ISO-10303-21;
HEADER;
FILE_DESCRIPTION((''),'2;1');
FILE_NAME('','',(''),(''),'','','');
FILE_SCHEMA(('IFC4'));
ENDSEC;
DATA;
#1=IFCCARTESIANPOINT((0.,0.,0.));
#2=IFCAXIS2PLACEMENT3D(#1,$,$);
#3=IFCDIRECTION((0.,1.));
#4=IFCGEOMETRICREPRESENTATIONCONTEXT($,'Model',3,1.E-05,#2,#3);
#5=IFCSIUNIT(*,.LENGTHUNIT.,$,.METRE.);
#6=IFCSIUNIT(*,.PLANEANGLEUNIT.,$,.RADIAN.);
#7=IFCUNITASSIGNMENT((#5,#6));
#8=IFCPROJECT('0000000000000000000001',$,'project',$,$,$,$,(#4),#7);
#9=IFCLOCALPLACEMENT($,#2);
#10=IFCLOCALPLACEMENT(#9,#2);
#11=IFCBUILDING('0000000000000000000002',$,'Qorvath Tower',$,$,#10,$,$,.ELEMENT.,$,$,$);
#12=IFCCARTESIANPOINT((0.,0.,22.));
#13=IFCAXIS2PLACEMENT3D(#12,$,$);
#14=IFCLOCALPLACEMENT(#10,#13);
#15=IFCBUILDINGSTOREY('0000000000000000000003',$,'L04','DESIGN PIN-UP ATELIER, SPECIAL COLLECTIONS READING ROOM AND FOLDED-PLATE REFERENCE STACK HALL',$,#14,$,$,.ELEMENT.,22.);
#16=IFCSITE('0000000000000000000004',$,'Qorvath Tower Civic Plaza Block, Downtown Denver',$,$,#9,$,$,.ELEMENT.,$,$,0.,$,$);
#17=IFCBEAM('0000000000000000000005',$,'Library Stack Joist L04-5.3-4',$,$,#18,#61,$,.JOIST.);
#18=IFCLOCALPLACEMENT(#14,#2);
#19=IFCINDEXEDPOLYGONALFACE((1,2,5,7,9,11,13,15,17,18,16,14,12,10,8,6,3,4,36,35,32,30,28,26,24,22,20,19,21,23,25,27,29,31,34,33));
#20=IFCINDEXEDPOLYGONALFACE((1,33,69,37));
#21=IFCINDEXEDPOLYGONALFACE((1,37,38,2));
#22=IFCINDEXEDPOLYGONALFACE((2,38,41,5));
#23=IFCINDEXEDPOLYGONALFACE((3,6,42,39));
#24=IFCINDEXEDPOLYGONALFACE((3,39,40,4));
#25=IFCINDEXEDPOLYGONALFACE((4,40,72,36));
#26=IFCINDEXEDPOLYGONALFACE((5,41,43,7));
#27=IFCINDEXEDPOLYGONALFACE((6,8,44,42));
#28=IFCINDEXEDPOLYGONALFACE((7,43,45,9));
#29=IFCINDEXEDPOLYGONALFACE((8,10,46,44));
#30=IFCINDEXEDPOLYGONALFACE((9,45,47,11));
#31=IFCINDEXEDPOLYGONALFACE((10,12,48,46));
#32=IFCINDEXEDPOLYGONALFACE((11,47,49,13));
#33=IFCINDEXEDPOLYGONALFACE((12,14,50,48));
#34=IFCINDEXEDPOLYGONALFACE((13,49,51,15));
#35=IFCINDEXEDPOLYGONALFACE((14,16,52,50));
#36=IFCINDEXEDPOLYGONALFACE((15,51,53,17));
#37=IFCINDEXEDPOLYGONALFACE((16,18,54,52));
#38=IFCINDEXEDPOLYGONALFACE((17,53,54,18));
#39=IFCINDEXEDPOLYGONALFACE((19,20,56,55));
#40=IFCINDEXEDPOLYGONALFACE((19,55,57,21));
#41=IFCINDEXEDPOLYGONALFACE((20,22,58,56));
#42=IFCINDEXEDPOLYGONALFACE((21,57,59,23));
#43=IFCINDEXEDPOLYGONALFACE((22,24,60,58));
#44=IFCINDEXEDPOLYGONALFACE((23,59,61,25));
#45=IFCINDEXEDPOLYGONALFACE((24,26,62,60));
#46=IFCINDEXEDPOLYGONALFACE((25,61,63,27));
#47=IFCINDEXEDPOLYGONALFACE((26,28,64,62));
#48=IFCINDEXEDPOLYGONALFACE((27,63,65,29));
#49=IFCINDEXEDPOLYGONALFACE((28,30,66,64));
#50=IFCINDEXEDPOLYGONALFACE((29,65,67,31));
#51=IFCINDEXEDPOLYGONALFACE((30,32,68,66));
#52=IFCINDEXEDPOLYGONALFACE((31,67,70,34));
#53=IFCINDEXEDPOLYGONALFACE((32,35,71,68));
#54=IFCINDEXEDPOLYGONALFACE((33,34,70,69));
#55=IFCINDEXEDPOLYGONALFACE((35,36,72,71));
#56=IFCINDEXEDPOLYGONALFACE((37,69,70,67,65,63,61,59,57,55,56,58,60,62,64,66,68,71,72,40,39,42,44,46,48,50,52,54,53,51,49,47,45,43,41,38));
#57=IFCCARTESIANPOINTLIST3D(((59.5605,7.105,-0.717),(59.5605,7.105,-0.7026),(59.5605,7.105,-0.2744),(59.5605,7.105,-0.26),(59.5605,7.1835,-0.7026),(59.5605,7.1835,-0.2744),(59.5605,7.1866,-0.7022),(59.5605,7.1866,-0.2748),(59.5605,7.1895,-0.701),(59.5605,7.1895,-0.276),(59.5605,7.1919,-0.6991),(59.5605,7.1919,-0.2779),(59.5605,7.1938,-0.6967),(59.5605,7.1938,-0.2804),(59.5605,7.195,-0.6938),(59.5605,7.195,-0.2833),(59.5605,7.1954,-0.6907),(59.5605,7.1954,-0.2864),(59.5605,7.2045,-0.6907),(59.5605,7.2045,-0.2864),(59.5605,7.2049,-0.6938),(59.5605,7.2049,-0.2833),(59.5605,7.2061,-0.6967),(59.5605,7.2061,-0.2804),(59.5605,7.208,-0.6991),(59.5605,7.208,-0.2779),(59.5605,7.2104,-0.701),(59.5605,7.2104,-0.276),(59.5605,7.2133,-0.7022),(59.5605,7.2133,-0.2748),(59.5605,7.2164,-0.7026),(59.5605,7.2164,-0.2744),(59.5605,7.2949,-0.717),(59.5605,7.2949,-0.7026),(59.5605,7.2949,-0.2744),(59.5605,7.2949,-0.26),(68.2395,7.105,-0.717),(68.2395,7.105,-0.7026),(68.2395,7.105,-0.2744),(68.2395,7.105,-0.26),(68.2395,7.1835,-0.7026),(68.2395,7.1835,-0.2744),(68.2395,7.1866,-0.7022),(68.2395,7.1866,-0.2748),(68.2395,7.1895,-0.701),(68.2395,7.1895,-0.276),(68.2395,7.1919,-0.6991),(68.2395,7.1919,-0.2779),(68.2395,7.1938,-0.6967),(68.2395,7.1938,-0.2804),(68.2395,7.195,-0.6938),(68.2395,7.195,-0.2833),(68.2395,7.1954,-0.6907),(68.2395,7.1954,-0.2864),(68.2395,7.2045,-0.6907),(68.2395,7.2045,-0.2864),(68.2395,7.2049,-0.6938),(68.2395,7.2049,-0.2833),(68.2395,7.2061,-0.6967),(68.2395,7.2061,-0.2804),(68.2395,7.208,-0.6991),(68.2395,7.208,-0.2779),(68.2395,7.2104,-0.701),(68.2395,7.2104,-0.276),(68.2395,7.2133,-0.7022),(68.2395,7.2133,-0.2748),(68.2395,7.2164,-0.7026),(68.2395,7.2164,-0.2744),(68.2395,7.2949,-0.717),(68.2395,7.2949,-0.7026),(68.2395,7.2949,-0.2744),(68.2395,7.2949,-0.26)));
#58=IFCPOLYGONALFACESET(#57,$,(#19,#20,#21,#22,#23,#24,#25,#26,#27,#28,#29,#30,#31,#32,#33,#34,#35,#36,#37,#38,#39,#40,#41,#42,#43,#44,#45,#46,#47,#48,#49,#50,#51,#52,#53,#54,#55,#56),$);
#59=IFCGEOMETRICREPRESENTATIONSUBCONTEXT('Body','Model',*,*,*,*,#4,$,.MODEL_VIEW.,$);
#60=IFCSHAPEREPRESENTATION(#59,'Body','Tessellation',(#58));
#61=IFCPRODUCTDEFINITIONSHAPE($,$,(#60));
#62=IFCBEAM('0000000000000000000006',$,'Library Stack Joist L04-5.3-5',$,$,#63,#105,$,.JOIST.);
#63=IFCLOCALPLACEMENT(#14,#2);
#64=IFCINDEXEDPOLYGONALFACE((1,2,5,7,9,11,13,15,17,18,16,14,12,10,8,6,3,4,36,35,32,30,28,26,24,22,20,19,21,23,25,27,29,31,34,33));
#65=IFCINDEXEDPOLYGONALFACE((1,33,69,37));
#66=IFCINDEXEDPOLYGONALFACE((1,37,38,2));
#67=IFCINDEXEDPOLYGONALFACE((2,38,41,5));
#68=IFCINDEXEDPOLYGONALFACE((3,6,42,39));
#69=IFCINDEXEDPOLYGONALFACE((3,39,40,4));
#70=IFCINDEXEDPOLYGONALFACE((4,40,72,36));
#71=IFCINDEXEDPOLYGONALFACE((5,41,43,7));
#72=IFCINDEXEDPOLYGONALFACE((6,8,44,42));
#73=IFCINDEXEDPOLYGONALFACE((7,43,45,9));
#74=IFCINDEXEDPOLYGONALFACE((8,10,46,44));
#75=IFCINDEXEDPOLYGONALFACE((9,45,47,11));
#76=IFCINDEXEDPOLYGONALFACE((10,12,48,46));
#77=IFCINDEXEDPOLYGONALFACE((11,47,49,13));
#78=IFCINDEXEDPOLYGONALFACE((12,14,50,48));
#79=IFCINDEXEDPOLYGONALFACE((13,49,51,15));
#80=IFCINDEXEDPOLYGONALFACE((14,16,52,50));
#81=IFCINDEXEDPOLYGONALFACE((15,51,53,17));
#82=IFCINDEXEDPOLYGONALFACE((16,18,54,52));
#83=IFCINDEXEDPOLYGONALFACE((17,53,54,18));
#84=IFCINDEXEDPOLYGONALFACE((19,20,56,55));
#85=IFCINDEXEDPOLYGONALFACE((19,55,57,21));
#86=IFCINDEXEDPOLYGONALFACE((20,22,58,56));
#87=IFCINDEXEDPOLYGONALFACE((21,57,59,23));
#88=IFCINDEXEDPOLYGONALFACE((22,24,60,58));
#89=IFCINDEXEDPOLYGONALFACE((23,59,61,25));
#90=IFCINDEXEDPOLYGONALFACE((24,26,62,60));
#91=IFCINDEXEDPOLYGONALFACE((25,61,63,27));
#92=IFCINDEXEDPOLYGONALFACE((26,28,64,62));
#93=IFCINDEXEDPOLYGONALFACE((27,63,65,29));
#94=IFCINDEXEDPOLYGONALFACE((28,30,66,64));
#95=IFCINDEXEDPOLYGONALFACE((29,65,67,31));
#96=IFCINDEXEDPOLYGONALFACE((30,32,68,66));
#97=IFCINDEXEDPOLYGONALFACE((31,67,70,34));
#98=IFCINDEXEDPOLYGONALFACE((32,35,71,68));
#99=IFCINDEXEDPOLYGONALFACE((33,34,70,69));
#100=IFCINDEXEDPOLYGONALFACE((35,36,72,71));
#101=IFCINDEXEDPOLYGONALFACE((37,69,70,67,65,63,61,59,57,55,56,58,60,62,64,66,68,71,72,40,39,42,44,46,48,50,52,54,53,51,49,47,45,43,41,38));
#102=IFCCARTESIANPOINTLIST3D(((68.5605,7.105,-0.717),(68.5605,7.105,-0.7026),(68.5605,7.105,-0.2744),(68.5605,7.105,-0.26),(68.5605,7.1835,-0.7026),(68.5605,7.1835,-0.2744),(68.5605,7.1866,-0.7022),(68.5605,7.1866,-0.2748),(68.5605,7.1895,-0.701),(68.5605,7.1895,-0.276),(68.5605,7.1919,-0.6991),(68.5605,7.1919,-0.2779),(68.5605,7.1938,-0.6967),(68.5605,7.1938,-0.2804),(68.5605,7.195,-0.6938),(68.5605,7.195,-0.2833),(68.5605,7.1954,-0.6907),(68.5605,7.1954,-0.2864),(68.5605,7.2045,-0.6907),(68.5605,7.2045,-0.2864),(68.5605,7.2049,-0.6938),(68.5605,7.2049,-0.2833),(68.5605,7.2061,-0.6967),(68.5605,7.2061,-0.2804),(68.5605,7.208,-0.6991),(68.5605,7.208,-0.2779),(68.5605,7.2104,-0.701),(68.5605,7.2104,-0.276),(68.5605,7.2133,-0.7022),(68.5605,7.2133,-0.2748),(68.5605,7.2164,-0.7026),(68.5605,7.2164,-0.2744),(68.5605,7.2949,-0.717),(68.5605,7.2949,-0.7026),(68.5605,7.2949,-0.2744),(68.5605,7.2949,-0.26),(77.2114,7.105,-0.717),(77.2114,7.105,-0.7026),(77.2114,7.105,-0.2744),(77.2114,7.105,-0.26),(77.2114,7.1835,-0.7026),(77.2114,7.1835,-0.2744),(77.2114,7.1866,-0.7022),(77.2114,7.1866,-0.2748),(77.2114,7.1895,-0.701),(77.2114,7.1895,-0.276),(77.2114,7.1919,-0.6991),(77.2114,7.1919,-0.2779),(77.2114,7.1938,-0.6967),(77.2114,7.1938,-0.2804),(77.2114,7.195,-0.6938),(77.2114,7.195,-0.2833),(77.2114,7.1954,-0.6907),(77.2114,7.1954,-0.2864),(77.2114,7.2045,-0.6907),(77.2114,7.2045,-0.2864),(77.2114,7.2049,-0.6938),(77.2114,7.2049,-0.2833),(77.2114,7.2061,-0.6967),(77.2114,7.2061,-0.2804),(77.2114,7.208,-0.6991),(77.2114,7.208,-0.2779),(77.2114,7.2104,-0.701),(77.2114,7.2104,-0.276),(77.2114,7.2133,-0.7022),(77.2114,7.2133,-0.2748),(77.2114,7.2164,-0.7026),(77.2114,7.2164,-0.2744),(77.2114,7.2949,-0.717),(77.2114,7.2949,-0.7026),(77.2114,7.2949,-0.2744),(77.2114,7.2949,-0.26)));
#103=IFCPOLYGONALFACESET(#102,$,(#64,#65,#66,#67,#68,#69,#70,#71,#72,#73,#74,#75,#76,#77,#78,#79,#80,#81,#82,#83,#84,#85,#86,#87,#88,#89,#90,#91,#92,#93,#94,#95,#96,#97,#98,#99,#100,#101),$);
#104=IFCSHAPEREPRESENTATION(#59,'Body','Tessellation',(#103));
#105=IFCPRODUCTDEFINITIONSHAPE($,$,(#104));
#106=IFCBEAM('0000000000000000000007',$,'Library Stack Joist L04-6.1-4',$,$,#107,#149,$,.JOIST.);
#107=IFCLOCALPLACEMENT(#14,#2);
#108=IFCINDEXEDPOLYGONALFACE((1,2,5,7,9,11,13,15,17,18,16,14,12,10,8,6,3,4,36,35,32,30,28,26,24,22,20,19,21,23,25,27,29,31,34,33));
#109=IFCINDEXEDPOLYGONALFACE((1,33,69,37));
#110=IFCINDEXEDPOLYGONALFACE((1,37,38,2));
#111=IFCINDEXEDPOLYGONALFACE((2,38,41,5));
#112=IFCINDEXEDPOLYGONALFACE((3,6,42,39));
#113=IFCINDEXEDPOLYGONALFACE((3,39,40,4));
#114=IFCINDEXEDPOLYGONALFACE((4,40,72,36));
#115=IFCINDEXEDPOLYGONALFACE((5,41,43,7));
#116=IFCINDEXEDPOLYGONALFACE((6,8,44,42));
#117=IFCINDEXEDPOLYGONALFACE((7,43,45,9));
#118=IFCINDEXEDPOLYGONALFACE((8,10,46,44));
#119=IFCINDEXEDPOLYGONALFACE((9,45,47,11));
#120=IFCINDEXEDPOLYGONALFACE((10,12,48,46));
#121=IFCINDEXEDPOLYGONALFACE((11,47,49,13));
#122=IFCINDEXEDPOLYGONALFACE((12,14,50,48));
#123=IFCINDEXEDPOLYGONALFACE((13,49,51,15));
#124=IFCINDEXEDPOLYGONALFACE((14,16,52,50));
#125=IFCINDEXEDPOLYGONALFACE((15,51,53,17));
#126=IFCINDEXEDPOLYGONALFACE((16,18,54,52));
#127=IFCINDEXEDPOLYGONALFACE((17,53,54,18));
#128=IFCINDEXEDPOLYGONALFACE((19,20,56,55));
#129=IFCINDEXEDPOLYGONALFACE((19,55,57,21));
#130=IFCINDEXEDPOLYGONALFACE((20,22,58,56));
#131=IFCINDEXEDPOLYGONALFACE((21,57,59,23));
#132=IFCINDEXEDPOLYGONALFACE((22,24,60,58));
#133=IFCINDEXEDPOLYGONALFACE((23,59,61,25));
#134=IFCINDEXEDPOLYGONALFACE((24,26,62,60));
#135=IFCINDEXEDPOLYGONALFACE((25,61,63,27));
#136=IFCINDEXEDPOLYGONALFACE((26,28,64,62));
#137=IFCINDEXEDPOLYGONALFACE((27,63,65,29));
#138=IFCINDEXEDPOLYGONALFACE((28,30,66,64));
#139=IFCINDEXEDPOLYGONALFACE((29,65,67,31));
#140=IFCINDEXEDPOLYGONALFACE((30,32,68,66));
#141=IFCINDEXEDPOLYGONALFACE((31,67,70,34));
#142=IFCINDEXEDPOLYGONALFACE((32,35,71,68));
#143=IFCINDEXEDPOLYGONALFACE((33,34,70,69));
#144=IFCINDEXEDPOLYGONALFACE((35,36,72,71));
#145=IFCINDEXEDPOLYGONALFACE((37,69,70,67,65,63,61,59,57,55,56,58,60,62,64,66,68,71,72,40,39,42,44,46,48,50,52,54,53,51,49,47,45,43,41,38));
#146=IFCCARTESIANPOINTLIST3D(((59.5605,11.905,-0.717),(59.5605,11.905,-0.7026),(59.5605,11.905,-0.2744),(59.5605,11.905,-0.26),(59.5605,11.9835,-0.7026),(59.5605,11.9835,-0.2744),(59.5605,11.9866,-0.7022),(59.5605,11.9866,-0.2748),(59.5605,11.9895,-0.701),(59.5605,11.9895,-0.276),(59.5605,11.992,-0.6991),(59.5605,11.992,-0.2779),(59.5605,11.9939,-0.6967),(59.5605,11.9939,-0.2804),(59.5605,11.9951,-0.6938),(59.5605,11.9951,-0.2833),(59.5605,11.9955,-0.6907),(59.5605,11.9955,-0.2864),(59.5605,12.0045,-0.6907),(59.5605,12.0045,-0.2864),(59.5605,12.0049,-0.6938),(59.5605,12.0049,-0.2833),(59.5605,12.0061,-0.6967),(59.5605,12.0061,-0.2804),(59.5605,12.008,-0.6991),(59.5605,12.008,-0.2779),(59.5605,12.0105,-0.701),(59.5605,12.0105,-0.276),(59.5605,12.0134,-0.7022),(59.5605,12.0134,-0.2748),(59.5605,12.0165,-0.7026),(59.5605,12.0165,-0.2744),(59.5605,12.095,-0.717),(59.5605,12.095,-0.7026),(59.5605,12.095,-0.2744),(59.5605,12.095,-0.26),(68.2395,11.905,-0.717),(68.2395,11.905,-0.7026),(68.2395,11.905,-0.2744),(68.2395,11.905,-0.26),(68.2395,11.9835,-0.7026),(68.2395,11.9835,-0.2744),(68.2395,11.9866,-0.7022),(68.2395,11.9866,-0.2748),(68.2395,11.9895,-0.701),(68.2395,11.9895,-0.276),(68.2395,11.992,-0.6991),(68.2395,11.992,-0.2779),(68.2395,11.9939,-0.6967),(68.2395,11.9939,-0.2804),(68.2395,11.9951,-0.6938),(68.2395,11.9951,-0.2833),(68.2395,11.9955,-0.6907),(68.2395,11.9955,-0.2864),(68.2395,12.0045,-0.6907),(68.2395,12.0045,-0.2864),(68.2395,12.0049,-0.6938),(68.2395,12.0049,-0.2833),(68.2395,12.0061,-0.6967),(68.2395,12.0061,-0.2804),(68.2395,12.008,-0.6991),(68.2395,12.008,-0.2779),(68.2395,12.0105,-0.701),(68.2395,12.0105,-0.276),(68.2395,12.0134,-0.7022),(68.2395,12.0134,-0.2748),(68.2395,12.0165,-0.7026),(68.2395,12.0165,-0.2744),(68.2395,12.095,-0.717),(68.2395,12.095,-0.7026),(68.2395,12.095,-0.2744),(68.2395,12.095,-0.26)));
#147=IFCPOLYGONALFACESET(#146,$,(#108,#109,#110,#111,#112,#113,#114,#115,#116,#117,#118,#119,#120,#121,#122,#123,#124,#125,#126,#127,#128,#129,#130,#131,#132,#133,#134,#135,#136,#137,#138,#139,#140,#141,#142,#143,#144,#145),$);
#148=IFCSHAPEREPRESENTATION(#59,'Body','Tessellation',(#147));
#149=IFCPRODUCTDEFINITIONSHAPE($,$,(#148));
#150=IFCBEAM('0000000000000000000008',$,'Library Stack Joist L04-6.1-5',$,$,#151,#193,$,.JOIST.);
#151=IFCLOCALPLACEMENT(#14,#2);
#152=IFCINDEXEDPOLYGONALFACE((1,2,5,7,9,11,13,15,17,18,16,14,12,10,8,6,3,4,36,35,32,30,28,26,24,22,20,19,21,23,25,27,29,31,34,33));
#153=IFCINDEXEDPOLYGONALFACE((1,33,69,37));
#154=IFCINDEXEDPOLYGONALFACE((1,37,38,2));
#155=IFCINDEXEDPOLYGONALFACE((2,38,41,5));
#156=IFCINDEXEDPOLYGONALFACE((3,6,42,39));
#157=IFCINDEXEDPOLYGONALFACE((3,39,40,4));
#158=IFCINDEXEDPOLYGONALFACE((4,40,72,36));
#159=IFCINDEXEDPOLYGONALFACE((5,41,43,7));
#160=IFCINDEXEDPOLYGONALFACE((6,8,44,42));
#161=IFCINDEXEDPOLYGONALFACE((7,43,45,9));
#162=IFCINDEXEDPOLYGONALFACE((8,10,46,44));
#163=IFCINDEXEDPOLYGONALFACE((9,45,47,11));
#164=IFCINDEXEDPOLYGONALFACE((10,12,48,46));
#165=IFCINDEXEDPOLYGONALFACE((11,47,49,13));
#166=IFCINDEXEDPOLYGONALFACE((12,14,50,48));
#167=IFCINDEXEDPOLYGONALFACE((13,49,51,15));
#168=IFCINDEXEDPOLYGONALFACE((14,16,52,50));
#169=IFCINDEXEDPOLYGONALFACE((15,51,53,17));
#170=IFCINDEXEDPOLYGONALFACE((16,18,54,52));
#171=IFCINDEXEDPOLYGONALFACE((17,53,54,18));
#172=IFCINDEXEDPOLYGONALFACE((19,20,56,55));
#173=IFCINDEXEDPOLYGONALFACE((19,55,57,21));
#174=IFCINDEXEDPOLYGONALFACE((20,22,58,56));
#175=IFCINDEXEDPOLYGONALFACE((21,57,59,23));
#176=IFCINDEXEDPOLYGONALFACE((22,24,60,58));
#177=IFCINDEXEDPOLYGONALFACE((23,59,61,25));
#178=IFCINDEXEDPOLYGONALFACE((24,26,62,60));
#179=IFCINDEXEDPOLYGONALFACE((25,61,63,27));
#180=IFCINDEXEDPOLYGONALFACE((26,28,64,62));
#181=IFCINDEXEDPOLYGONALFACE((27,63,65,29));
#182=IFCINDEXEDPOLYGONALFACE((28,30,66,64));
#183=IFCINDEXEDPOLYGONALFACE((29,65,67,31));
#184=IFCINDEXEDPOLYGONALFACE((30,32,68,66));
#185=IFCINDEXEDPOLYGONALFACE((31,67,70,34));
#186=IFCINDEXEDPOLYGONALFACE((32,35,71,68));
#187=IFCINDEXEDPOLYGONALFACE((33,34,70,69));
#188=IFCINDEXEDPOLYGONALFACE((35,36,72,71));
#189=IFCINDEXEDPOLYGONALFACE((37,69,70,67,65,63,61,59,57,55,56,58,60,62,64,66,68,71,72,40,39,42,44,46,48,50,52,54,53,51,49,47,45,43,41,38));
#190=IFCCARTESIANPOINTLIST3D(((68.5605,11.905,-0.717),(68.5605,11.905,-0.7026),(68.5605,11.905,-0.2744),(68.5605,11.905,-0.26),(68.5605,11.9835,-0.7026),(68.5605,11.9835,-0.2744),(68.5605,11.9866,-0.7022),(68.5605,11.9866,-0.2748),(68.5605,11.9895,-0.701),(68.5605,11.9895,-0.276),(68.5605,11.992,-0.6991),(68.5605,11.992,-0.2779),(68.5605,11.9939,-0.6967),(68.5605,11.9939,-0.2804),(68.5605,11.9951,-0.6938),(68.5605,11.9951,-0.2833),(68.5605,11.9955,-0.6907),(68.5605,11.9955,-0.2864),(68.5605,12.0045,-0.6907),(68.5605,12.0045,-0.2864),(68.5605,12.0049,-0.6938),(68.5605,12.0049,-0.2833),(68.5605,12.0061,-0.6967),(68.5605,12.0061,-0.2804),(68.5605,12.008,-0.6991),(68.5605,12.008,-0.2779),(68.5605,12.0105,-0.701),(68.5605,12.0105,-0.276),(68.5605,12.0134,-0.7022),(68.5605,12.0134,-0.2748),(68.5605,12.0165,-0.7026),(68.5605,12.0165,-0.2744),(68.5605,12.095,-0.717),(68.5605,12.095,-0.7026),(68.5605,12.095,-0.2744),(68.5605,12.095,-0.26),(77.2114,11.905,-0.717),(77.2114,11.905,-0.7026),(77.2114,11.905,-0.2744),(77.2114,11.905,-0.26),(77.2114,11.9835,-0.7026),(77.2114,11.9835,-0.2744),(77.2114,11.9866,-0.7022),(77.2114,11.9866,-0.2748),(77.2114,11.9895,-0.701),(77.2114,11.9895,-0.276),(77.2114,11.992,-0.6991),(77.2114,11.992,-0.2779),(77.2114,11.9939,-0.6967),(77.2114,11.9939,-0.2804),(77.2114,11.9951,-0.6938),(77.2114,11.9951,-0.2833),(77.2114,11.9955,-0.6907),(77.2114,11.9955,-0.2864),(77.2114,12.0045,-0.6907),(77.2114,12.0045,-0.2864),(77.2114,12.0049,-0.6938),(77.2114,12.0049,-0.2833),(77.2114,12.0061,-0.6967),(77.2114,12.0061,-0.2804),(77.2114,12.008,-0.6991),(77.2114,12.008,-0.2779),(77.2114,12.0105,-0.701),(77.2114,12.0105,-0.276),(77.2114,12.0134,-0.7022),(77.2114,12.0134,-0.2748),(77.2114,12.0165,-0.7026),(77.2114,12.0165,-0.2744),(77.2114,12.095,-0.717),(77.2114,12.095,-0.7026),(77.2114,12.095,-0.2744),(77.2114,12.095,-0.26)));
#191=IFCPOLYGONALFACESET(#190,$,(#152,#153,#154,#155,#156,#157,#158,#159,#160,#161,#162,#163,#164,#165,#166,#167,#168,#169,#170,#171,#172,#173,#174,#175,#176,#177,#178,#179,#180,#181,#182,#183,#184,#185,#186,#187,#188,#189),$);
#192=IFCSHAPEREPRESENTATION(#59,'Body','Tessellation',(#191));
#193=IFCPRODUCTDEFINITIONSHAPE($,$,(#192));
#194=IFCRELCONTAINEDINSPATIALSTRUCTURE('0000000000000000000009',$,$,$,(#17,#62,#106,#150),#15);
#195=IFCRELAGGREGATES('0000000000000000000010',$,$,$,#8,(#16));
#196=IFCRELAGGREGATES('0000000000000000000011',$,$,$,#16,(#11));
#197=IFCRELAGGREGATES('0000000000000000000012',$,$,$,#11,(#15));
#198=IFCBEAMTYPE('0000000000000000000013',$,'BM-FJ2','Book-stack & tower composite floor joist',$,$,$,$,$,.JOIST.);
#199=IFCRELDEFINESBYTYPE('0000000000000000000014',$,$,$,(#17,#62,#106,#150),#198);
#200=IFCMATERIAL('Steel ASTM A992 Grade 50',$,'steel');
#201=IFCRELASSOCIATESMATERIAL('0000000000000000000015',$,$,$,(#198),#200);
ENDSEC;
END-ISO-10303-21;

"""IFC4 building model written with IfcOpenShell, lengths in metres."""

from ifc_helpers import new_model, si_unit, direction, frame, origin, origin_2d, place, context, subcontext, project, spatial, i_section, extrude, material, material_profile, profile_set, type_object, element, save


model = new_model("IFC4")

# Units and contexts
model_context = context("Model", 3, precision=1e-05, world=origin(), true_north=direction((0.0, 1.0)))
body_context = subcontext(model_context, "Body", "Model", "MODEL_VIEW")
ifc_project = project(units=[si_unit("LENGTHUNIT", "METRE"), si_unit("PLANEANGLEUNIT", "RADIAN")], contexts=[model_context])

# Site, building, storey
site_placement = place(None, origin())
site = spatial("IfcSite", under=ifc_project, at=site_placement, Name="Qorvath Tower Civic Plaza Block, Downtown Denver", CompositionType="ELEMENT", RefElevation=0.0)
building_placement = place(site_placement, origin())
building = spatial("IfcBuilding", under=site, at=building_placement, Name="Qorvath Tower", CompositionType="ELEMENT")
storey_placement = place(building_placement, frame((0.0, 0.0, 22.0)))
storey = spatial("IfcBuildingStorey", under=building, at=storey_placement, Name="L04", Description="DESIGN PIN-UP ATELIER, SPECIAL COLLECTIONS READING ROOM AND FOLDED-PLATE REFERENCE STACK HALL", CompositionType="ELEMENT", Elevation=22.0)

# Beams
ifc_material_1 = material(Name="Steel ASTM A992 Grade 50", Category="steel")
ifc_material_profile_1 = material_profile(ifc_material_1, i_section(OverallWidth=0.1899, OverallDepth=0.457, WebThickness=0.009, FlangeThickness=0.0144, FilletRadius=0.012, at=origin_2d()), Name="W18x50")
ifc_profile_set_1 = profile_set([ifc_material_profile_1], Name="Steel ASTM A992 Grade 50")
beam_type_1 = type_object("IfcBeamType", Name="BM-FJ2", Description="Book-stack & tower composite floor joist", PredefinedType="JOIST", material=ifc_profile_set_1)
beam_1_placement = place(storey_placement, frame((59.5605, 7.2, -0.4885), z_axis=(1.0, 0.0, 0.0), x_axis=(0.0, 1.0, 0.0)))
element("IfcBeam", 1, at=beam_1_placement, inside=storey, type_object=beam_type_1, Name="Library Stack Joist L04-5.3-4", PredefinedType="JOIST", context=body_context, shape_type="SweptSolid", body=[
    extrude(i_section(OverallWidth=0.1899, OverallDepth=0.457, WebThickness=0.009, FlangeThickness=0.0144, FilletRadius=0.012, at=origin_2d()), origin(), (0.0, 0.0, 1.0), 8.679),
])
beam_2_placement = place(storey_placement, frame((68.5605, 7.2, -0.4885), z_axis=(1.0, 0.0, 0.0), x_axis=(0.0, 1.0, 0.0)))
element("IfcBeam", 2, at=beam_2_placement, inside=storey, type_object=beam_type_1, Name="Library Stack Joist L04-5.3-5", PredefinedType="JOIST", context=body_context, shape_type="SweptSolid", body=[
    extrude(i_section(OverallWidth=0.1899, OverallDepth=0.457, WebThickness=0.009, FlangeThickness=0.0144, FilletRadius=0.012, at=origin_2d()), origin(), (0.0, 0.0, 1.0), 8.6509),
])
beam_3_placement = place(storey_placement, frame((59.5605, 12.0, -0.4885), z_axis=(1.0, 0.0, 0.0), x_axis=(0.0, 1.0, 0.0)))
element("IfcBeam", 3, at=beam_3_placement, inside=storey, type_object=beam_type_1, Name="Library Stack Joist L04-6.1-4", PredefinedType="JOIST", context=body_context, shape_type="SweptSolid", body=[
    extrude(i_section(OverallWidth=0.1899, OverallDepth=0.457, WebThickness=0.009, FlangeThickness=0.0144, FilletRadius=0.012, at=origin_2d()), origin(), (0.0, 0.0, 1.0), 8.679),
])
beam_4_placement = place(storey_placement, frame((68.5605, 12.0, -0.4885), z_axis=(1.0, 0.0, 0.0), x_axis=(0.0, 1.0, 0.0)))
element("IfcBeam", 4, at=beam_4_placement, inside=storey, type_object=beam_type_1, Name="Library Stack Joist L04-6.1-5", PredefinedType="JOIST", context=body_context, shape_type="SweptSolid", body=[
    extrude(i_section(OverallWidth=0.1899, OverallDepth=0.457, WebThickness=0.009, FlangeThickness=0.0144, FilletRadius=0.012, at=origin_2d()), origin(), (0.0, 0.0, 1.0), 8.6509),
])

save(model, "model.ifc")
